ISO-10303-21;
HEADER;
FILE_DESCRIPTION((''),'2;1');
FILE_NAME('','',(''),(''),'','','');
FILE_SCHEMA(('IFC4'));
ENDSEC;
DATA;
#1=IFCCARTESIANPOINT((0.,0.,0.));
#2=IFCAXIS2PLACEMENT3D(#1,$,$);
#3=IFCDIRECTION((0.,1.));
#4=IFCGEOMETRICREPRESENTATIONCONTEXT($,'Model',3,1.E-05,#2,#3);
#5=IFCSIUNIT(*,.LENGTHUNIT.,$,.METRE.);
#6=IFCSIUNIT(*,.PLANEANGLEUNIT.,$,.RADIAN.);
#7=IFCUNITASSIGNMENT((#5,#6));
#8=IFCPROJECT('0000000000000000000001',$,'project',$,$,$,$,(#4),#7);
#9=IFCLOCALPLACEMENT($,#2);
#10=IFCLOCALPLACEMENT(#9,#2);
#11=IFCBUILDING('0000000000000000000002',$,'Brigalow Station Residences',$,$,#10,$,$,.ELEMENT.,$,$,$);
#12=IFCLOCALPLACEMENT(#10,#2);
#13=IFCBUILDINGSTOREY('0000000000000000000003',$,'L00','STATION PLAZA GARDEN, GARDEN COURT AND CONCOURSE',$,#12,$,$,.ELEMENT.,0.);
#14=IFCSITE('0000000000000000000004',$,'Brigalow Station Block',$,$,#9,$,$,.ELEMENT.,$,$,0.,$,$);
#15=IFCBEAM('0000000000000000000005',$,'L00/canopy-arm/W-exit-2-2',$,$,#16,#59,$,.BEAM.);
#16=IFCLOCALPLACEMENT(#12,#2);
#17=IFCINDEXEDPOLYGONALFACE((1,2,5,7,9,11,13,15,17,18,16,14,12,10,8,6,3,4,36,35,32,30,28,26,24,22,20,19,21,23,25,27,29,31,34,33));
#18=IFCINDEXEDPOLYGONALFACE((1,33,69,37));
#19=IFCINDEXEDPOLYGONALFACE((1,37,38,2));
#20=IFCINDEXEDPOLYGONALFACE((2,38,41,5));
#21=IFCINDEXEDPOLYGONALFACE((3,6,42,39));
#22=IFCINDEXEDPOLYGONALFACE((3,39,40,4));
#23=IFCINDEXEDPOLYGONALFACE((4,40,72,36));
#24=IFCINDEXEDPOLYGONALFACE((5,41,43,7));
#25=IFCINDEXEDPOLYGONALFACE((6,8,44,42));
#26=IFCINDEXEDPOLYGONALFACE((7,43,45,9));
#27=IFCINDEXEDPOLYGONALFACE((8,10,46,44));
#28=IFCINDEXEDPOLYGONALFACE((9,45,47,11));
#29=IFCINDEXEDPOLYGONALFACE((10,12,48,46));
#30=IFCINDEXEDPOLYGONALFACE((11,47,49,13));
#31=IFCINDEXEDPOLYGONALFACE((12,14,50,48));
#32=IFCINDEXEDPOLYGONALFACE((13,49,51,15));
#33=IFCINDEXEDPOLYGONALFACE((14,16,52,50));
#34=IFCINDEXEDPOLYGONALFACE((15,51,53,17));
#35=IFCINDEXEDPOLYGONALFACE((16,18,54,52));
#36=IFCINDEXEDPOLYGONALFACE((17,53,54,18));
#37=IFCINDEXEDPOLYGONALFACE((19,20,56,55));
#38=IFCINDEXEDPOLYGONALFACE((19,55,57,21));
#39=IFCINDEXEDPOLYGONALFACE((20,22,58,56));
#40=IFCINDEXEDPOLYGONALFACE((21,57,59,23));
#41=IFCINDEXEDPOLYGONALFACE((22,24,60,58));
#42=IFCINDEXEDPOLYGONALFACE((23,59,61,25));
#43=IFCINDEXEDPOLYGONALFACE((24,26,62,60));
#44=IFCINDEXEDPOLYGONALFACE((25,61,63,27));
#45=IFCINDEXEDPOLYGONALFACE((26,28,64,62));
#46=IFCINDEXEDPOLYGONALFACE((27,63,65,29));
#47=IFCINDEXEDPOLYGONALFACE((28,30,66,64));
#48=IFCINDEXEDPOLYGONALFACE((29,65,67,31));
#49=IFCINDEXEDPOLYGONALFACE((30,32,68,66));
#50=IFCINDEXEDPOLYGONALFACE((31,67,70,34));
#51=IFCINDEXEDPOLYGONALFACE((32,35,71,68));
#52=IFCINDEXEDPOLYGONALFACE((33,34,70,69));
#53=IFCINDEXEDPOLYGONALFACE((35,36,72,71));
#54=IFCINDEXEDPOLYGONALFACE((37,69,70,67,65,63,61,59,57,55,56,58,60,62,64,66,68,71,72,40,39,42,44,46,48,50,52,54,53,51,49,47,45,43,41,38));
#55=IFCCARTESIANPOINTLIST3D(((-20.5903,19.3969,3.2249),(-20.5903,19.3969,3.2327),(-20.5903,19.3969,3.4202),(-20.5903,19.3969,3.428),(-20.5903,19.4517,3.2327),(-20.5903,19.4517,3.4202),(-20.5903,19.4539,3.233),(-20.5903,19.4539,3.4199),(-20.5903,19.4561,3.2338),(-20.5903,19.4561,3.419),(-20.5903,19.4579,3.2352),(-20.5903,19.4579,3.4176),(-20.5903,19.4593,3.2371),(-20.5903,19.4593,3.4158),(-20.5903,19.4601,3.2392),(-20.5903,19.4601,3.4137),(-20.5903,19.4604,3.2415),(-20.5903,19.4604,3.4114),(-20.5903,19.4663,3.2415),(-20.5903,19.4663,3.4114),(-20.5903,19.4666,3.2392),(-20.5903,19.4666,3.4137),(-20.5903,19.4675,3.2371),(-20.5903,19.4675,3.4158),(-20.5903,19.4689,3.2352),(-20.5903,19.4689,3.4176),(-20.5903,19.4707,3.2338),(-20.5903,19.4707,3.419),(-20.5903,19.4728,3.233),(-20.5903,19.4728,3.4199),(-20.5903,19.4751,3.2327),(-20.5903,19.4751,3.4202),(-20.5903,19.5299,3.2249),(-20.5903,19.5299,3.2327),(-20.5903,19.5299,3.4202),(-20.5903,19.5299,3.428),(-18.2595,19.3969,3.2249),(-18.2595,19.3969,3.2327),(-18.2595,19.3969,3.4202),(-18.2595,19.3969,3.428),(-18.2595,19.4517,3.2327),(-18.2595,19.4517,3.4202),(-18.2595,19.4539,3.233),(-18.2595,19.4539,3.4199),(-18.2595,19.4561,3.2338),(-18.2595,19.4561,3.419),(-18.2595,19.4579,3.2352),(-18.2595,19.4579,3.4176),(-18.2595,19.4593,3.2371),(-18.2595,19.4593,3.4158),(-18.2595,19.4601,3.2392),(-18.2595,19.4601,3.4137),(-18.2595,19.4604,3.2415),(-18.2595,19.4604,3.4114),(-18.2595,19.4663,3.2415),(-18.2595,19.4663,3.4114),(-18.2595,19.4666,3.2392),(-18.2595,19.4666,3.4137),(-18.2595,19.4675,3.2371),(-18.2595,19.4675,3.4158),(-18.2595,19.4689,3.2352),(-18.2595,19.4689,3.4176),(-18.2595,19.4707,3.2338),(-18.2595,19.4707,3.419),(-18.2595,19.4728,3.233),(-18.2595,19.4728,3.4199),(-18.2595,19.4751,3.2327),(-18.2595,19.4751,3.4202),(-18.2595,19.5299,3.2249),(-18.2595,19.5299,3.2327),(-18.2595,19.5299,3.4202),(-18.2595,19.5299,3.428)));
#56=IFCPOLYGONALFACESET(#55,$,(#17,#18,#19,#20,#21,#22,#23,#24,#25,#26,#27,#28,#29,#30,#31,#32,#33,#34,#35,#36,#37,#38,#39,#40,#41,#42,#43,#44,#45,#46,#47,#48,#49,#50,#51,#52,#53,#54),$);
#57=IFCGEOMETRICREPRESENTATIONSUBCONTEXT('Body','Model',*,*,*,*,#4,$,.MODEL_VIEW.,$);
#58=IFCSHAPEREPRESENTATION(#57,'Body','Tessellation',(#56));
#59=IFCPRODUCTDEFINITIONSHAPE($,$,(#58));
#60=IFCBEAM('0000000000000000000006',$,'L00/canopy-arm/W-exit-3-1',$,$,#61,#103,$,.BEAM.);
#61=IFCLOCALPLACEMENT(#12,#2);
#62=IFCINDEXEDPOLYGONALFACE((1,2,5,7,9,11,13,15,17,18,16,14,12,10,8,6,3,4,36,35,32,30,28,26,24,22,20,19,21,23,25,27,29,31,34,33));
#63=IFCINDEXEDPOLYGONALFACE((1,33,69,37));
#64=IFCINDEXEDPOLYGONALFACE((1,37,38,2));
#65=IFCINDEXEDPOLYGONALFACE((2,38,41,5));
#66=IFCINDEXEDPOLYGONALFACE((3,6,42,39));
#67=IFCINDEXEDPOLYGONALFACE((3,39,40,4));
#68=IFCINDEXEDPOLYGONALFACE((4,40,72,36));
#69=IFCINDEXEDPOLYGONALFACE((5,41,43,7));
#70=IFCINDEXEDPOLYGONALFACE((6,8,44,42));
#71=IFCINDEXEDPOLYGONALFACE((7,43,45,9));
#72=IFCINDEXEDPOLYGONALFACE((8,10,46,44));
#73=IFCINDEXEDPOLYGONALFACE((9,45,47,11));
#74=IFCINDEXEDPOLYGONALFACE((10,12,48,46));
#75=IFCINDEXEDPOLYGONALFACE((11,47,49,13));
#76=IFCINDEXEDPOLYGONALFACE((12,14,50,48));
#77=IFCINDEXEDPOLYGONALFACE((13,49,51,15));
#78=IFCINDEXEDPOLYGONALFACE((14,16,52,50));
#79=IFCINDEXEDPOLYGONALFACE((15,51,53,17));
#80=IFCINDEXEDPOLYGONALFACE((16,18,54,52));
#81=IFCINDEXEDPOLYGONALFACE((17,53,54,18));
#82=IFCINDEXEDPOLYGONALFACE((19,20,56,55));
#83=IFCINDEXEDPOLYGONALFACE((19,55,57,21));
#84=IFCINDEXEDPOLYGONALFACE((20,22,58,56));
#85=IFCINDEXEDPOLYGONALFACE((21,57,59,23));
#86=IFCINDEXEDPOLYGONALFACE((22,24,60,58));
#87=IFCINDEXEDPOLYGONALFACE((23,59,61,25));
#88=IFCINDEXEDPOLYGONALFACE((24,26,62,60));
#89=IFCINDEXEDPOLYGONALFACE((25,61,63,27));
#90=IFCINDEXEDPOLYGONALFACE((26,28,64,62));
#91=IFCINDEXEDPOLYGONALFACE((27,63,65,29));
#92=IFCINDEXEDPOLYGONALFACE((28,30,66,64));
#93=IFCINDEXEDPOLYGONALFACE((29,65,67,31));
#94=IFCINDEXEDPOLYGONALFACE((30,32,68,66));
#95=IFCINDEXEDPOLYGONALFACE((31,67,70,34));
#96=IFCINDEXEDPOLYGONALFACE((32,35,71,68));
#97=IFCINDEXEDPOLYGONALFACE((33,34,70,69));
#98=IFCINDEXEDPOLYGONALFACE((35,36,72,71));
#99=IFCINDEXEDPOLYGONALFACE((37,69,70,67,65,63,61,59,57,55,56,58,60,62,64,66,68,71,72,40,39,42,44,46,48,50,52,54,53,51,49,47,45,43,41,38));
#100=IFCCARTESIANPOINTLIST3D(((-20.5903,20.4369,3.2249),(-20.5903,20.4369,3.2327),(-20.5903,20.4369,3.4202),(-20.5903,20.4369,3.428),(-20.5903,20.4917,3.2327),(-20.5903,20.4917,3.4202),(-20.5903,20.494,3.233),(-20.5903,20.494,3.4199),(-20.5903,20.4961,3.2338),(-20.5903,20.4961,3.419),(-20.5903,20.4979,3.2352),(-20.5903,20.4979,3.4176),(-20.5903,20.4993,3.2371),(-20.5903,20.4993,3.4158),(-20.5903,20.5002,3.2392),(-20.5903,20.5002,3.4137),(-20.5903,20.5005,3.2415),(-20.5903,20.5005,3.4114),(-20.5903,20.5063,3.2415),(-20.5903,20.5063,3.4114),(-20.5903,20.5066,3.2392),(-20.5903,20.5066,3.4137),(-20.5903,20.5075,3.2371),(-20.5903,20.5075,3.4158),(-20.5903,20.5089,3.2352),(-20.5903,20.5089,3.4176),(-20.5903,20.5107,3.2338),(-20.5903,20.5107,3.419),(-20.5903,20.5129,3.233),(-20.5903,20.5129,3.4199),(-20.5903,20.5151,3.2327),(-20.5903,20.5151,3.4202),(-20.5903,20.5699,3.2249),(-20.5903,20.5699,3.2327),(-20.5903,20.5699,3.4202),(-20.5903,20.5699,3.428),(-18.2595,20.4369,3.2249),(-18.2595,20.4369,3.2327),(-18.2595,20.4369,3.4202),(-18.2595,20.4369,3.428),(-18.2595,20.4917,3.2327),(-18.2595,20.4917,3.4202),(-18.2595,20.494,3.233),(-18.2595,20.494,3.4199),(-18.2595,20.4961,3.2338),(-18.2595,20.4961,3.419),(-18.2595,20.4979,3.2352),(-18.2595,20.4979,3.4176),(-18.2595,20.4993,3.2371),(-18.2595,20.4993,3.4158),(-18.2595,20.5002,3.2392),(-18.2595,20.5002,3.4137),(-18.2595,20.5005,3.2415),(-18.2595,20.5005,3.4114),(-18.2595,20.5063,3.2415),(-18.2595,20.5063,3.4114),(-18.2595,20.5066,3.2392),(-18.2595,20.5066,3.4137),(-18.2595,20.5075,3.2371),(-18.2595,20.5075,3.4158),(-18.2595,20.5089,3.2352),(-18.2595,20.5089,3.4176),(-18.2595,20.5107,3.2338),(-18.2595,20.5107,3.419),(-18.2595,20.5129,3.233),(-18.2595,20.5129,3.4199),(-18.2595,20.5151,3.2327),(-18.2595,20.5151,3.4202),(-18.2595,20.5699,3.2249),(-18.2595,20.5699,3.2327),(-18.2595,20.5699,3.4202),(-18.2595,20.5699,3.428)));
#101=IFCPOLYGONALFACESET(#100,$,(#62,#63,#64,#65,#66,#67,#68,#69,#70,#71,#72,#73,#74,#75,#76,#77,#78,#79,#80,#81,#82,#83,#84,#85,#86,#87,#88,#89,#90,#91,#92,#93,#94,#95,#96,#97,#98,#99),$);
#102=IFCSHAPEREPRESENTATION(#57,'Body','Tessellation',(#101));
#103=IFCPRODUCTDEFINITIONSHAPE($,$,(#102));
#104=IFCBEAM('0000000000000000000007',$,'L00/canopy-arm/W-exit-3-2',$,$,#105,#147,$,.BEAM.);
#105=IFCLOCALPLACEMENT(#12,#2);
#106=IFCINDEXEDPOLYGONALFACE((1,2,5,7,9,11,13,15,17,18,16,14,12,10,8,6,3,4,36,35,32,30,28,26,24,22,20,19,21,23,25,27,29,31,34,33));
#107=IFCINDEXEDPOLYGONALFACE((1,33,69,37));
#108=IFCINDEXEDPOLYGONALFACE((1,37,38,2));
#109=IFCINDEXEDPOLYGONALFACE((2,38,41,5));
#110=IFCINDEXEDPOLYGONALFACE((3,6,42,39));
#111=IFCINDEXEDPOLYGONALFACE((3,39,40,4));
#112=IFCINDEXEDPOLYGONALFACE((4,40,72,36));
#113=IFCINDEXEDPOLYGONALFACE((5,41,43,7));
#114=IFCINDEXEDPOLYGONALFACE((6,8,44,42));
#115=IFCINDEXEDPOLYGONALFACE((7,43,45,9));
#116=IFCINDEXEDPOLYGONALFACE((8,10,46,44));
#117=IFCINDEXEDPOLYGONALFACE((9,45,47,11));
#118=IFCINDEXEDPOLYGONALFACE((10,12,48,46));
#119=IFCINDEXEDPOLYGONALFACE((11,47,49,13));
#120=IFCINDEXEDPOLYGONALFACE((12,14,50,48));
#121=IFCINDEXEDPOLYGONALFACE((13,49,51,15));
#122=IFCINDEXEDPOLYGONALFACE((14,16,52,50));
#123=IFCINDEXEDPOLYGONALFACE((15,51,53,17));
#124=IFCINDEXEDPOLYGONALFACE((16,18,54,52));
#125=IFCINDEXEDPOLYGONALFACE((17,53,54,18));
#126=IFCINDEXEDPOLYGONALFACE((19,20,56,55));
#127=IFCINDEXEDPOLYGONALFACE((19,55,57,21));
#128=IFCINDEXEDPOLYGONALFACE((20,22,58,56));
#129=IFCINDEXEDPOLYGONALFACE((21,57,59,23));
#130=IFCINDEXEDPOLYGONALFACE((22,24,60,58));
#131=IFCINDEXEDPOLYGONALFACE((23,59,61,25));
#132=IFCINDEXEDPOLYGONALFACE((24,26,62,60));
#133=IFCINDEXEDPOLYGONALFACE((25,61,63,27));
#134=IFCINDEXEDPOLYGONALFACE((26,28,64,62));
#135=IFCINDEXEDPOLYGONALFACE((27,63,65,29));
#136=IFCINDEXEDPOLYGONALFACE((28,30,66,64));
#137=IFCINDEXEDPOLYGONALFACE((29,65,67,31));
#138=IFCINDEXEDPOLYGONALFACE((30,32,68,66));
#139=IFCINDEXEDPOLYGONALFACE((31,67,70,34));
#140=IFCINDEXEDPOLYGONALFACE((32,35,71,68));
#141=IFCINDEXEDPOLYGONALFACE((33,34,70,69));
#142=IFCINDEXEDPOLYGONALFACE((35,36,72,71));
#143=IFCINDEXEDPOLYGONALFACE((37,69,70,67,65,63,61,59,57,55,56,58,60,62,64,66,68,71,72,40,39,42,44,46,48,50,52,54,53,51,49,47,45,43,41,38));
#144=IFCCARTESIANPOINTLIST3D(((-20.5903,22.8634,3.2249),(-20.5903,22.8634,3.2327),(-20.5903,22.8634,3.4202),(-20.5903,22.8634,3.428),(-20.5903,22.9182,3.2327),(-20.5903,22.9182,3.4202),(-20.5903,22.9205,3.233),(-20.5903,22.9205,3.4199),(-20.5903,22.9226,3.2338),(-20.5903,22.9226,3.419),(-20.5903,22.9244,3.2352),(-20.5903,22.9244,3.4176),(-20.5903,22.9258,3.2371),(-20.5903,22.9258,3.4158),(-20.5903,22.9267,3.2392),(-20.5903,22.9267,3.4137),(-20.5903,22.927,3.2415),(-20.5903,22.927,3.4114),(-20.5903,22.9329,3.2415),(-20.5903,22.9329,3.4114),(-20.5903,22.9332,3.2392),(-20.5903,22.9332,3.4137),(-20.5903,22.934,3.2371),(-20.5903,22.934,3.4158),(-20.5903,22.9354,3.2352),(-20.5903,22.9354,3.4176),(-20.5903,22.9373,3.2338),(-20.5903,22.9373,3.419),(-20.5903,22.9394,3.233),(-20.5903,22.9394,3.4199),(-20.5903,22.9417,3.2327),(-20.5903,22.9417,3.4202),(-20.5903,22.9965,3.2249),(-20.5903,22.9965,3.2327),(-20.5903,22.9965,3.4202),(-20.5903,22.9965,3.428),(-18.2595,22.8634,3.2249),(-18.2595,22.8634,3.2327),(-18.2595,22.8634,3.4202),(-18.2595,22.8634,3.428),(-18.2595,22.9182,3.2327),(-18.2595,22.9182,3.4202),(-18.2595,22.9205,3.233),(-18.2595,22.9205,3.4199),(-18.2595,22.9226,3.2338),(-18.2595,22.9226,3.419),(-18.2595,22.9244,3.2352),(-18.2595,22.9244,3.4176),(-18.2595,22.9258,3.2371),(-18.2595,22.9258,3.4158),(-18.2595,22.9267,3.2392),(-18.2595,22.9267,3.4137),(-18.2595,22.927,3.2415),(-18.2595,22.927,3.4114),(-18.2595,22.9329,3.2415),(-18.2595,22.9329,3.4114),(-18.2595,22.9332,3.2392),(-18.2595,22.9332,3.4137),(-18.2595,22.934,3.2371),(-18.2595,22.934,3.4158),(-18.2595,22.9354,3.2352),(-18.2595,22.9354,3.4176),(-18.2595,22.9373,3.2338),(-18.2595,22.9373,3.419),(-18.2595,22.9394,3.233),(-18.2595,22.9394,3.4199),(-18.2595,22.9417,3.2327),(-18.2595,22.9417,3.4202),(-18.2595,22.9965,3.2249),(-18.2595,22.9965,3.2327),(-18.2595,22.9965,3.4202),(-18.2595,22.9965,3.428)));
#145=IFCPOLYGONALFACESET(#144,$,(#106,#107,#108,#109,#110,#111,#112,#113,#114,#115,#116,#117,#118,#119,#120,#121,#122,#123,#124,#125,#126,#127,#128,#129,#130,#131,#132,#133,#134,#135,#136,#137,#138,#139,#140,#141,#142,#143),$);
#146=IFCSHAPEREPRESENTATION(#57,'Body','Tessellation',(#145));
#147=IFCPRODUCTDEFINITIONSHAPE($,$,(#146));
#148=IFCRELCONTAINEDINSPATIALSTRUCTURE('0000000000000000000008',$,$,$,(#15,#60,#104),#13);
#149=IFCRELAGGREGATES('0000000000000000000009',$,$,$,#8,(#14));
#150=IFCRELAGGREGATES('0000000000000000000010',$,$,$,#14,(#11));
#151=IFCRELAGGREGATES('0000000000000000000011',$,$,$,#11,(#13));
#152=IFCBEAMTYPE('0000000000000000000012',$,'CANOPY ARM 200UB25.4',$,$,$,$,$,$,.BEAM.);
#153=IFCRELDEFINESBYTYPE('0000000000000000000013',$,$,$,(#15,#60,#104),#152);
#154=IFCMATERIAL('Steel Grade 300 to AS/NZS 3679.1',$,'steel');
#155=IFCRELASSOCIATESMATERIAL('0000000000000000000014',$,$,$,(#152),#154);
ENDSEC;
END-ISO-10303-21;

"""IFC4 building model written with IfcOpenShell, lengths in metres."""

from ifc_helpers import new_model, si_unit, direction, frame, origin, origin_2d, place, context, subcontext, project, spatial, i_section, extrude, material, material_profile, profile_set, type_object, element, save


model = new_model("IFC4")

# Units and contexts
model_context = context("Model", 3, precision=1e-05, world=origin(), true_north=direction((0.0, 1.0)))
body_context = subcontext(model_context, "Body", "Model", "MODEL_VIEW")
ifc_project = project(units=[si_unit("LENGTHUNIT", "METRE"), si_unit("PLANEANGLEUNIT", "RADIAN")], contexts=[model_context])

# Site, building, storey
site_placement = place(None, origin())
site = spatial("IfcSite", under=ifc_project, at=site_placement, Name="Brigalow Station Block", CompositionType="ELEMENT", RefElevation=0.0)
building_placement = place(site_placement, origin())
building = spatial("IfcBuilding", under=site, at=building_placement, Name="Brigalow Station Residences", CompositionType="ELEMENT")
storey_placement = place(building_placement, origin())
storey = spatial("IfcBuildingStorey", under=building, at=storey_placement, Name="L00", Description="STATION PLAZA GARDEN, GARDEN COURT AND CONCOURSE", CompositionType="ELEMENT", Elevation=0.0)

# Beams
ifc_material_1 = material(Name="Steel Grade 300 to AS/NZS 3679.1", Category="steel")
ifc_material_profile_1 = material_profile(ifc_material_1, i_section(OverallWidth=0.1331, OverallDepth=0.2031, WebThickness=0.0059, FlangeThickness=0.0078, FilletRadius=0.0088, at=origin_2d()), Name="200UB25.4")
ifc_profile_set_1 = profile_set([ifc_material_profile_1], Name="Steel Grade 300 to AS/NZS 3679.1")
beam_type_1 = type_object("IfcBeamType", Name="CANOPY ARM 200UB25.4", PredefinedType="BEAM", material=ifc_profile_set_1)
for number, where, z_axis, x_axis, name in (
    (1, (-18.2595, 19.4634, 3.3264), (-1.0, 0.0, 0.0), (0.0, -1.0, 0.0), "L00/canopy-arm/W-exit-2-2"),
    (2, (-18.2595, 20.5034, 3.3264), (-1.0, 0.0, 0.0), (0.0, -1.0, 0.0), "L00/canopy-arm/W-exit-3-1"),
    (3, (-18.2595, 22.9299, 3.3264), (-1.0, 0.0, 0.0), (0.0, -1.0, 0.0), "L00/canopy-arm/W-exit-3-2"),
):
    element("IfcBeam", number, at=place(storey_placement, frame(where, z_axis=z_axis, x_axis=x_axis)), inside=storey, type_object=beam_type_1, Name=name, PredefinedType="BEAM", context=body_context, shape_type="SweptSolid", body=[
        extrude(i_section(OverallWidth=0.1331, OverallDepth=0.2031, WebThickness=0.0059, FlangeThickness=0.0078, FilletRadius=0.0088, at=origin_2d()), origin(), (0.0, 0.0, 1.0), 2.3308),
    ])

save(model, "model.ifc")
